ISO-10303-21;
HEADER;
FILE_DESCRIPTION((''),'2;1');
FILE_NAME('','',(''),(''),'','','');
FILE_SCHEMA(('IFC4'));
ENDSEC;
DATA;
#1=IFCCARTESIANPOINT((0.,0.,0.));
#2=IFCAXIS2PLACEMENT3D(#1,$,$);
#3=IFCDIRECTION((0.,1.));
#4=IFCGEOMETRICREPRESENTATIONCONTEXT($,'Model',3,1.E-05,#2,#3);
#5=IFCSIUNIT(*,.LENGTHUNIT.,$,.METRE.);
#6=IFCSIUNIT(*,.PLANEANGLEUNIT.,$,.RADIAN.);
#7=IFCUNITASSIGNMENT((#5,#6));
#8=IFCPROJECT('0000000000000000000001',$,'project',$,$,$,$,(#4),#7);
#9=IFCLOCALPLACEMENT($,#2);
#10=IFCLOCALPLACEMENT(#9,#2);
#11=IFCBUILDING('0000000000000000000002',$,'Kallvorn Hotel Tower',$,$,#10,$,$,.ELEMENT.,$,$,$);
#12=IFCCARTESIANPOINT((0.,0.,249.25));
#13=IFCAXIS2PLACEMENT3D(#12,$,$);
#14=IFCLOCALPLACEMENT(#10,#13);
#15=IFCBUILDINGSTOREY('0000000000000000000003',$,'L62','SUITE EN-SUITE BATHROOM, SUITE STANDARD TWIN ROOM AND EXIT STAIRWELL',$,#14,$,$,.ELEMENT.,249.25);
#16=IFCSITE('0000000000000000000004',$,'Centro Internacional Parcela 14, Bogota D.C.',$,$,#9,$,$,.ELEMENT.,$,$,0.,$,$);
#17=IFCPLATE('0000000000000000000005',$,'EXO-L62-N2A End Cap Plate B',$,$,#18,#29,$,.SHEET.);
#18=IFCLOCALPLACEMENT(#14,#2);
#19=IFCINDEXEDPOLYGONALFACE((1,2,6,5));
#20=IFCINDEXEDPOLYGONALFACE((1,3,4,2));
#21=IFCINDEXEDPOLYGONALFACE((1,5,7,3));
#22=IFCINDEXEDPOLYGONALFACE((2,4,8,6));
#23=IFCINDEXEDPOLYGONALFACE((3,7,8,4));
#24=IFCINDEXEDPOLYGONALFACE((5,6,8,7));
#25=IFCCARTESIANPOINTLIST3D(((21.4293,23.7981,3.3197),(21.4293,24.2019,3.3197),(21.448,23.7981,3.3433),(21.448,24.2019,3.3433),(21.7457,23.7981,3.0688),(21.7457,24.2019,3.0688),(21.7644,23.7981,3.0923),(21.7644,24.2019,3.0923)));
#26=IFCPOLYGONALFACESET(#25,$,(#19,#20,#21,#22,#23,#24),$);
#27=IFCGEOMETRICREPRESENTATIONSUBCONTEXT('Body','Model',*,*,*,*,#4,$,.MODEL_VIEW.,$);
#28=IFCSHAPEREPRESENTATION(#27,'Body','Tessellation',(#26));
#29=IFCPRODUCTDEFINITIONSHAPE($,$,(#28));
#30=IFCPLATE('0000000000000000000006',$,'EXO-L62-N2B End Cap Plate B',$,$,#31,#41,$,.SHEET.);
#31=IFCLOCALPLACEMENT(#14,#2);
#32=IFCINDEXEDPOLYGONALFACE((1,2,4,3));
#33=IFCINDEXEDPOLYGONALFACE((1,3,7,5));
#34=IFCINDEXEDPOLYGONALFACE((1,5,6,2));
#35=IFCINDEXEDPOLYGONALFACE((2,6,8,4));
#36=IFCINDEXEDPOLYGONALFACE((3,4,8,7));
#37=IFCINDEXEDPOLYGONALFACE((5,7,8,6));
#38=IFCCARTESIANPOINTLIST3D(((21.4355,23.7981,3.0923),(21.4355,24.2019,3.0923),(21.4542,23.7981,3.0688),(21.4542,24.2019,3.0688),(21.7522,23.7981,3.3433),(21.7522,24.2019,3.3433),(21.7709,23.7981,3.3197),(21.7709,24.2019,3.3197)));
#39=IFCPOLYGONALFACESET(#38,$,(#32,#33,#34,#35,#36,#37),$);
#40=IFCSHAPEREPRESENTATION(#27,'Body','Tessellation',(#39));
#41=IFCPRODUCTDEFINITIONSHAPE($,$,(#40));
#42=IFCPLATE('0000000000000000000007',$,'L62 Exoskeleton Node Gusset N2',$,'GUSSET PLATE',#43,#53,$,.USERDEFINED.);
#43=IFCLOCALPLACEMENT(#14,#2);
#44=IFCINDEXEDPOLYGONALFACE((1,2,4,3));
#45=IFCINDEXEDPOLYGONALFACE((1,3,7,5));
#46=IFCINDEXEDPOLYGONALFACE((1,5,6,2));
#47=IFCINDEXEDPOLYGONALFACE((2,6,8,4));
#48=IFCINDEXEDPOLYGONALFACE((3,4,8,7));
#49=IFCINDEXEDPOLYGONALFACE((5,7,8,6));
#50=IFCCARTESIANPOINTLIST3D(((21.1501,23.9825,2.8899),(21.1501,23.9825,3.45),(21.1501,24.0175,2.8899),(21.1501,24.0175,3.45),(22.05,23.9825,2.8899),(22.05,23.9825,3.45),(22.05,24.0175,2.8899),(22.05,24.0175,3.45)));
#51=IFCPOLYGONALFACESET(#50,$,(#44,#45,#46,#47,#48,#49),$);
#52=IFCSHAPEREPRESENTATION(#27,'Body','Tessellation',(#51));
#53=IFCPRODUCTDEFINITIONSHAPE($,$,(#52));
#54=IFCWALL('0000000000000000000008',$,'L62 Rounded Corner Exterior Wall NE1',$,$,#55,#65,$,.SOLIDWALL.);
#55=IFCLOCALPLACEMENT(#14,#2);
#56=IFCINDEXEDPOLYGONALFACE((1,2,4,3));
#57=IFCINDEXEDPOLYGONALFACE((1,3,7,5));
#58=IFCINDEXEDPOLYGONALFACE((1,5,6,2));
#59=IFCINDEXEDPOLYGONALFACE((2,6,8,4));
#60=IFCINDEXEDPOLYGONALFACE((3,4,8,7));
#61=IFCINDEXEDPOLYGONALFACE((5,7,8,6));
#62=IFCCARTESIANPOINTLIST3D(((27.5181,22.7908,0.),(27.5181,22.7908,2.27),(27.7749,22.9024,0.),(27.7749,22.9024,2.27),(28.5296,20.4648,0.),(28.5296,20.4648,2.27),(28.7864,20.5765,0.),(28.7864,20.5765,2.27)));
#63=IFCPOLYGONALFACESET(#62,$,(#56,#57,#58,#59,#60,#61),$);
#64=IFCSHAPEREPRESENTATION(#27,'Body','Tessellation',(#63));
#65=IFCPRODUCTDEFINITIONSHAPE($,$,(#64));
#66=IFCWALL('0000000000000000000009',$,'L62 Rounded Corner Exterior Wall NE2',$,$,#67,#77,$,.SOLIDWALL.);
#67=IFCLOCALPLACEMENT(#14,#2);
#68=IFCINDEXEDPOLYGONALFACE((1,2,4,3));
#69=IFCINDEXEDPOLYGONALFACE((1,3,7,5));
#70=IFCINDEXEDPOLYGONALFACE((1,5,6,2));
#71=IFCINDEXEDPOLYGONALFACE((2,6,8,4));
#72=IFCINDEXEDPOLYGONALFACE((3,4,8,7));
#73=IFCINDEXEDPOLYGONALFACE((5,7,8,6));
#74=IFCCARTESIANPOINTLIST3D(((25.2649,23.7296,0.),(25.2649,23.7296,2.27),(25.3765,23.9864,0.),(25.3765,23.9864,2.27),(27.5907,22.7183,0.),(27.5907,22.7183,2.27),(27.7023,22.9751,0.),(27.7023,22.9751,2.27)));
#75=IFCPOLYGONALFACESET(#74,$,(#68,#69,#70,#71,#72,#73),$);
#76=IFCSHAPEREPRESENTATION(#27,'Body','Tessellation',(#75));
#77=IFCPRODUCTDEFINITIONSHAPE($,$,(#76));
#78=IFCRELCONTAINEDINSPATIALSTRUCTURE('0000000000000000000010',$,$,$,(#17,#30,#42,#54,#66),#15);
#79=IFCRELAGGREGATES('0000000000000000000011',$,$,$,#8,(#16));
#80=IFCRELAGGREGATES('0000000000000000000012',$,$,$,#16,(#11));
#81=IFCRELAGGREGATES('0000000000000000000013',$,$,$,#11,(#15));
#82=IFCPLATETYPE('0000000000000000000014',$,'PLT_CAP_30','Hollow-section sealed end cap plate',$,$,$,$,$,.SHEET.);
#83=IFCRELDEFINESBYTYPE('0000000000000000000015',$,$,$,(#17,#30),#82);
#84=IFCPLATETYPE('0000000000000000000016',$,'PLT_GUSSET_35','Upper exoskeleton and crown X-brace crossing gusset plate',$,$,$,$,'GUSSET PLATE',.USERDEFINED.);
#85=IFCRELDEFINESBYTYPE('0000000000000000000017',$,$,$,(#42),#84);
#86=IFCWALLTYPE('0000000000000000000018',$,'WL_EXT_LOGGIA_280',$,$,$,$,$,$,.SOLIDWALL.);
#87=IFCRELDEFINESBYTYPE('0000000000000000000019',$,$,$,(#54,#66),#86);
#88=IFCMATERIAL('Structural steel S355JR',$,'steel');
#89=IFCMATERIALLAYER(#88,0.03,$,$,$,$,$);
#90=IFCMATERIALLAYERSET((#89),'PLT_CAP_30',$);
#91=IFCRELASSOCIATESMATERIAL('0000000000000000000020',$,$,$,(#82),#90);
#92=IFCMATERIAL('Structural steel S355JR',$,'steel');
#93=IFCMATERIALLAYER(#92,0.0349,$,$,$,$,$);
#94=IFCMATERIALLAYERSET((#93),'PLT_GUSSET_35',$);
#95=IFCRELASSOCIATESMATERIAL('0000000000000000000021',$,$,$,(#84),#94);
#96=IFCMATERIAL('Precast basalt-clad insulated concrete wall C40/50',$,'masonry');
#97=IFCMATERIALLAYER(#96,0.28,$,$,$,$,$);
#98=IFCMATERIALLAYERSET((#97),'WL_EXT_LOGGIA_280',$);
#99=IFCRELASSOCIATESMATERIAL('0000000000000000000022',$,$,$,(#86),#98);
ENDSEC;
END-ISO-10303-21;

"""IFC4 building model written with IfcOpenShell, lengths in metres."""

from ifc_helpers import new_model, si_unit, direction, frame, frame_2d, origin, origin_2d, place, context, subcontext, project, spatial, polyline, rectangle, outline, extrude, material, layer, layer_set, type_object, element, save


model = new_model("IFC4")

# Units and contexts
model_context = context("Model", 3, precision=1e-05, world=origin(), true_north=direction((0.0, 1.0)))
body_context = subcontext(model_context, "Body", "Model", "MODEL_VIEW")
ifc_project = project(units=[si_unit("LENGTHUNIT", "METRE"), si_unit("PLANEANGLEUNIT", "RADIAN")], contexts=[model_context])

# Site, building, storey
site_placement = place(None, origin())
site = spatial("IfcSite", under=ifc_project, at=site_placement, Name="Centro Internacional Parcela 14, Bogota D.C.", CompositionType="ELEMENT", RefElevation=0.0)
building_placement = place(site_placement, origin())
building = spatial("IfcBuilding", under=site, at=building_placement, Name="Kallvorn Hotel Tower", CompositionType="ELEMENT")
storey_placement = place(building_placement, frame((0.0, 0.0, 249.25)))
storey = spatial("IfcBuildingStorey", under=building, at=storey_placement, Name="L62", Description="SUITE EN-SUITE BATHROOM, SUITE STANDARD TWIN ROOM AND EXIT STAIRWELL", CompositionType="ELEMENT", Elevation=249.25)

# Plates
ifc_material_1 = material(Name="Structural steel S355JR", Category="steel")
ifc_layer_1 = layer(ifc_material_1, 0.03)
ifc_layer_set_1 = layer_set([ifc_layer_1], Name="PLT_CAP_30")
plate_type_1 = type_object("IfcPlateType", Name="PLT_CAP_30", Description="Hollow-section sealed end cap plate", PredefinedType="SHEET", material=ifc_layer_set_1)
plate_1_placement = place(storey_placement, frame((21.7644, 23.7981, 3.0923), z_axis=(0.621446, 0.0, 0.783457), x_axis=(0.0, 1.0, 0.0)))
element("IfcPlate", 1, at=plate_1_placement, inside=storey, type_object=plate_type_1, Name="EXO-L62-N2A End Cap Plate B", PredefinedType="SHEET", context=body_context, shape_type="SweptSolid", body=[
    extrude(outline(polyline([(0.0, 0.0), (0.4038, 0.0), (0.4038, 0.4039), (0.0, 0.4039), (0.0, 0.0)])), origin(), (0.0, 0.0, -1.0), 0.03),
])
plate_2_placement = place(storey_placement, frame((21.4355, 24.2019, 3.0923), z_axis=(-0.621152, 0.0, 0.78369), x_axis=(0.0, -1.0, 0.0)))
element("IfcPlate", 2, at=plate_2_placement, inside=storey, type_object=plate_type_1, Name="EXO-L62-N2B End Cap Plate B", PredefinedType="SHEET", context=body_context, shape_type="SweptSolid", body=[
    extrude(outline(polyline([(0.0, 0.0), (0.4038, 0.0), (0.4038, 0.4041), (0.0, 0.4041), (0.0, 0.0)])), origin(), (0.0, 0.0, -1.0), 0.03),
])
ifc_material_2 = material(Name="Structural steel S355JR", Category="steel")
ifc_layer_2 = layer(ifc_material_2, 0.0349)
ifc_layer_set_2 = layer_set([ifc_layer_2], Name="PLT_GUSSET_35")
plate_type_2 = type_object("IfcPlateType", Name="PLT_GUSSET_35", Description="Upper exoskeleton and crown X-brace crossing gusset plate", ElementType="GUSSET PLATE", PredefinedType="USERDEFINED", material=ifc_layer_set_2)
plate_3_placement = place(storey_placement, frame((21.6001, 24.0, 2.8899), z_axis=(0.0, 0.0, 1.0), x_axis=(1.0, 0.0, 0.0)))
element("IfcPlate", 3, at=plate_3_placement, inside=storey, type_object=plate_type_2, Name="L62 Exoskeleton Node Gusset N2", ObjectType="GUSSET PLATE", PredefinedType="USERDEFINED", context=body_context, shape_type="SweptSolid", body=[
    extrude(rectangle(XDim=0.8999, YDim=0.0349, at=origin_2d()), origin(), (0.0, 0.0, 1.0), 0.5601),
])

# Walls
ifc_material_3 = material(Name="Precast basalt-clad insulated concrete wall C40/50", Category="masonry")
ifc_layer_3 = layer(ifc_material_3, 0.28)
ifc_layer_set_3 = layer_set([ifc_layer_3], Name="WL_EXT_LOGGIA_280")
wall_type = type_object("IfcWallType", Name="WL_EXT_LOGGIA_280", PredefinedType="SOLIDWALL", material=ifc_layer_set_3)
wall_1_placement = place(storey_placement, frame((28.658, 20.5208, 0.0), z_axis=(0.0, 0.0, 1.0), x_axis=(-0.398793, 0.917041, 0.0)))
element("IfcWall", 4, at=wall_1_placement, inside=storey, type_object=wall_type, Name="L62 Rounded Corner Exterior Wall NE1", PredefinedType="SOLIDWALL", context=body_context, shape_type="SweptSolid", body=[
    extrude(rectangle(XDim=2.5364, YDim=0.28, at=frame_2d((1.2681, 0.0))), origin(), (0.0, 0.0, 1.0), 2.27),
])
wall_2_placement = place(storey_placement, frame((27.6465, 22.8467, 0.0), z_axis=(0.0, 0.0, 1.0), x_axis=(-0.917061, 0.398747, 0.0)))
element("IfcWall", 5, at=wall_2_placement, inside=storey, type_object=wall_type, Name="L62 Rounded Corner Exterior Wall NE2", PredefinedType="SOLIDWALL", context=body_context, shape_type="SweptSolid", body=[
    extrude(rectangle(XDim=2.5361, YDim=0.28, at=frame_2d((1.2681, 0.0))), origin(), (0.0, 0.0, 1.0), 2.27),
])

save(model, "model.ifc")
